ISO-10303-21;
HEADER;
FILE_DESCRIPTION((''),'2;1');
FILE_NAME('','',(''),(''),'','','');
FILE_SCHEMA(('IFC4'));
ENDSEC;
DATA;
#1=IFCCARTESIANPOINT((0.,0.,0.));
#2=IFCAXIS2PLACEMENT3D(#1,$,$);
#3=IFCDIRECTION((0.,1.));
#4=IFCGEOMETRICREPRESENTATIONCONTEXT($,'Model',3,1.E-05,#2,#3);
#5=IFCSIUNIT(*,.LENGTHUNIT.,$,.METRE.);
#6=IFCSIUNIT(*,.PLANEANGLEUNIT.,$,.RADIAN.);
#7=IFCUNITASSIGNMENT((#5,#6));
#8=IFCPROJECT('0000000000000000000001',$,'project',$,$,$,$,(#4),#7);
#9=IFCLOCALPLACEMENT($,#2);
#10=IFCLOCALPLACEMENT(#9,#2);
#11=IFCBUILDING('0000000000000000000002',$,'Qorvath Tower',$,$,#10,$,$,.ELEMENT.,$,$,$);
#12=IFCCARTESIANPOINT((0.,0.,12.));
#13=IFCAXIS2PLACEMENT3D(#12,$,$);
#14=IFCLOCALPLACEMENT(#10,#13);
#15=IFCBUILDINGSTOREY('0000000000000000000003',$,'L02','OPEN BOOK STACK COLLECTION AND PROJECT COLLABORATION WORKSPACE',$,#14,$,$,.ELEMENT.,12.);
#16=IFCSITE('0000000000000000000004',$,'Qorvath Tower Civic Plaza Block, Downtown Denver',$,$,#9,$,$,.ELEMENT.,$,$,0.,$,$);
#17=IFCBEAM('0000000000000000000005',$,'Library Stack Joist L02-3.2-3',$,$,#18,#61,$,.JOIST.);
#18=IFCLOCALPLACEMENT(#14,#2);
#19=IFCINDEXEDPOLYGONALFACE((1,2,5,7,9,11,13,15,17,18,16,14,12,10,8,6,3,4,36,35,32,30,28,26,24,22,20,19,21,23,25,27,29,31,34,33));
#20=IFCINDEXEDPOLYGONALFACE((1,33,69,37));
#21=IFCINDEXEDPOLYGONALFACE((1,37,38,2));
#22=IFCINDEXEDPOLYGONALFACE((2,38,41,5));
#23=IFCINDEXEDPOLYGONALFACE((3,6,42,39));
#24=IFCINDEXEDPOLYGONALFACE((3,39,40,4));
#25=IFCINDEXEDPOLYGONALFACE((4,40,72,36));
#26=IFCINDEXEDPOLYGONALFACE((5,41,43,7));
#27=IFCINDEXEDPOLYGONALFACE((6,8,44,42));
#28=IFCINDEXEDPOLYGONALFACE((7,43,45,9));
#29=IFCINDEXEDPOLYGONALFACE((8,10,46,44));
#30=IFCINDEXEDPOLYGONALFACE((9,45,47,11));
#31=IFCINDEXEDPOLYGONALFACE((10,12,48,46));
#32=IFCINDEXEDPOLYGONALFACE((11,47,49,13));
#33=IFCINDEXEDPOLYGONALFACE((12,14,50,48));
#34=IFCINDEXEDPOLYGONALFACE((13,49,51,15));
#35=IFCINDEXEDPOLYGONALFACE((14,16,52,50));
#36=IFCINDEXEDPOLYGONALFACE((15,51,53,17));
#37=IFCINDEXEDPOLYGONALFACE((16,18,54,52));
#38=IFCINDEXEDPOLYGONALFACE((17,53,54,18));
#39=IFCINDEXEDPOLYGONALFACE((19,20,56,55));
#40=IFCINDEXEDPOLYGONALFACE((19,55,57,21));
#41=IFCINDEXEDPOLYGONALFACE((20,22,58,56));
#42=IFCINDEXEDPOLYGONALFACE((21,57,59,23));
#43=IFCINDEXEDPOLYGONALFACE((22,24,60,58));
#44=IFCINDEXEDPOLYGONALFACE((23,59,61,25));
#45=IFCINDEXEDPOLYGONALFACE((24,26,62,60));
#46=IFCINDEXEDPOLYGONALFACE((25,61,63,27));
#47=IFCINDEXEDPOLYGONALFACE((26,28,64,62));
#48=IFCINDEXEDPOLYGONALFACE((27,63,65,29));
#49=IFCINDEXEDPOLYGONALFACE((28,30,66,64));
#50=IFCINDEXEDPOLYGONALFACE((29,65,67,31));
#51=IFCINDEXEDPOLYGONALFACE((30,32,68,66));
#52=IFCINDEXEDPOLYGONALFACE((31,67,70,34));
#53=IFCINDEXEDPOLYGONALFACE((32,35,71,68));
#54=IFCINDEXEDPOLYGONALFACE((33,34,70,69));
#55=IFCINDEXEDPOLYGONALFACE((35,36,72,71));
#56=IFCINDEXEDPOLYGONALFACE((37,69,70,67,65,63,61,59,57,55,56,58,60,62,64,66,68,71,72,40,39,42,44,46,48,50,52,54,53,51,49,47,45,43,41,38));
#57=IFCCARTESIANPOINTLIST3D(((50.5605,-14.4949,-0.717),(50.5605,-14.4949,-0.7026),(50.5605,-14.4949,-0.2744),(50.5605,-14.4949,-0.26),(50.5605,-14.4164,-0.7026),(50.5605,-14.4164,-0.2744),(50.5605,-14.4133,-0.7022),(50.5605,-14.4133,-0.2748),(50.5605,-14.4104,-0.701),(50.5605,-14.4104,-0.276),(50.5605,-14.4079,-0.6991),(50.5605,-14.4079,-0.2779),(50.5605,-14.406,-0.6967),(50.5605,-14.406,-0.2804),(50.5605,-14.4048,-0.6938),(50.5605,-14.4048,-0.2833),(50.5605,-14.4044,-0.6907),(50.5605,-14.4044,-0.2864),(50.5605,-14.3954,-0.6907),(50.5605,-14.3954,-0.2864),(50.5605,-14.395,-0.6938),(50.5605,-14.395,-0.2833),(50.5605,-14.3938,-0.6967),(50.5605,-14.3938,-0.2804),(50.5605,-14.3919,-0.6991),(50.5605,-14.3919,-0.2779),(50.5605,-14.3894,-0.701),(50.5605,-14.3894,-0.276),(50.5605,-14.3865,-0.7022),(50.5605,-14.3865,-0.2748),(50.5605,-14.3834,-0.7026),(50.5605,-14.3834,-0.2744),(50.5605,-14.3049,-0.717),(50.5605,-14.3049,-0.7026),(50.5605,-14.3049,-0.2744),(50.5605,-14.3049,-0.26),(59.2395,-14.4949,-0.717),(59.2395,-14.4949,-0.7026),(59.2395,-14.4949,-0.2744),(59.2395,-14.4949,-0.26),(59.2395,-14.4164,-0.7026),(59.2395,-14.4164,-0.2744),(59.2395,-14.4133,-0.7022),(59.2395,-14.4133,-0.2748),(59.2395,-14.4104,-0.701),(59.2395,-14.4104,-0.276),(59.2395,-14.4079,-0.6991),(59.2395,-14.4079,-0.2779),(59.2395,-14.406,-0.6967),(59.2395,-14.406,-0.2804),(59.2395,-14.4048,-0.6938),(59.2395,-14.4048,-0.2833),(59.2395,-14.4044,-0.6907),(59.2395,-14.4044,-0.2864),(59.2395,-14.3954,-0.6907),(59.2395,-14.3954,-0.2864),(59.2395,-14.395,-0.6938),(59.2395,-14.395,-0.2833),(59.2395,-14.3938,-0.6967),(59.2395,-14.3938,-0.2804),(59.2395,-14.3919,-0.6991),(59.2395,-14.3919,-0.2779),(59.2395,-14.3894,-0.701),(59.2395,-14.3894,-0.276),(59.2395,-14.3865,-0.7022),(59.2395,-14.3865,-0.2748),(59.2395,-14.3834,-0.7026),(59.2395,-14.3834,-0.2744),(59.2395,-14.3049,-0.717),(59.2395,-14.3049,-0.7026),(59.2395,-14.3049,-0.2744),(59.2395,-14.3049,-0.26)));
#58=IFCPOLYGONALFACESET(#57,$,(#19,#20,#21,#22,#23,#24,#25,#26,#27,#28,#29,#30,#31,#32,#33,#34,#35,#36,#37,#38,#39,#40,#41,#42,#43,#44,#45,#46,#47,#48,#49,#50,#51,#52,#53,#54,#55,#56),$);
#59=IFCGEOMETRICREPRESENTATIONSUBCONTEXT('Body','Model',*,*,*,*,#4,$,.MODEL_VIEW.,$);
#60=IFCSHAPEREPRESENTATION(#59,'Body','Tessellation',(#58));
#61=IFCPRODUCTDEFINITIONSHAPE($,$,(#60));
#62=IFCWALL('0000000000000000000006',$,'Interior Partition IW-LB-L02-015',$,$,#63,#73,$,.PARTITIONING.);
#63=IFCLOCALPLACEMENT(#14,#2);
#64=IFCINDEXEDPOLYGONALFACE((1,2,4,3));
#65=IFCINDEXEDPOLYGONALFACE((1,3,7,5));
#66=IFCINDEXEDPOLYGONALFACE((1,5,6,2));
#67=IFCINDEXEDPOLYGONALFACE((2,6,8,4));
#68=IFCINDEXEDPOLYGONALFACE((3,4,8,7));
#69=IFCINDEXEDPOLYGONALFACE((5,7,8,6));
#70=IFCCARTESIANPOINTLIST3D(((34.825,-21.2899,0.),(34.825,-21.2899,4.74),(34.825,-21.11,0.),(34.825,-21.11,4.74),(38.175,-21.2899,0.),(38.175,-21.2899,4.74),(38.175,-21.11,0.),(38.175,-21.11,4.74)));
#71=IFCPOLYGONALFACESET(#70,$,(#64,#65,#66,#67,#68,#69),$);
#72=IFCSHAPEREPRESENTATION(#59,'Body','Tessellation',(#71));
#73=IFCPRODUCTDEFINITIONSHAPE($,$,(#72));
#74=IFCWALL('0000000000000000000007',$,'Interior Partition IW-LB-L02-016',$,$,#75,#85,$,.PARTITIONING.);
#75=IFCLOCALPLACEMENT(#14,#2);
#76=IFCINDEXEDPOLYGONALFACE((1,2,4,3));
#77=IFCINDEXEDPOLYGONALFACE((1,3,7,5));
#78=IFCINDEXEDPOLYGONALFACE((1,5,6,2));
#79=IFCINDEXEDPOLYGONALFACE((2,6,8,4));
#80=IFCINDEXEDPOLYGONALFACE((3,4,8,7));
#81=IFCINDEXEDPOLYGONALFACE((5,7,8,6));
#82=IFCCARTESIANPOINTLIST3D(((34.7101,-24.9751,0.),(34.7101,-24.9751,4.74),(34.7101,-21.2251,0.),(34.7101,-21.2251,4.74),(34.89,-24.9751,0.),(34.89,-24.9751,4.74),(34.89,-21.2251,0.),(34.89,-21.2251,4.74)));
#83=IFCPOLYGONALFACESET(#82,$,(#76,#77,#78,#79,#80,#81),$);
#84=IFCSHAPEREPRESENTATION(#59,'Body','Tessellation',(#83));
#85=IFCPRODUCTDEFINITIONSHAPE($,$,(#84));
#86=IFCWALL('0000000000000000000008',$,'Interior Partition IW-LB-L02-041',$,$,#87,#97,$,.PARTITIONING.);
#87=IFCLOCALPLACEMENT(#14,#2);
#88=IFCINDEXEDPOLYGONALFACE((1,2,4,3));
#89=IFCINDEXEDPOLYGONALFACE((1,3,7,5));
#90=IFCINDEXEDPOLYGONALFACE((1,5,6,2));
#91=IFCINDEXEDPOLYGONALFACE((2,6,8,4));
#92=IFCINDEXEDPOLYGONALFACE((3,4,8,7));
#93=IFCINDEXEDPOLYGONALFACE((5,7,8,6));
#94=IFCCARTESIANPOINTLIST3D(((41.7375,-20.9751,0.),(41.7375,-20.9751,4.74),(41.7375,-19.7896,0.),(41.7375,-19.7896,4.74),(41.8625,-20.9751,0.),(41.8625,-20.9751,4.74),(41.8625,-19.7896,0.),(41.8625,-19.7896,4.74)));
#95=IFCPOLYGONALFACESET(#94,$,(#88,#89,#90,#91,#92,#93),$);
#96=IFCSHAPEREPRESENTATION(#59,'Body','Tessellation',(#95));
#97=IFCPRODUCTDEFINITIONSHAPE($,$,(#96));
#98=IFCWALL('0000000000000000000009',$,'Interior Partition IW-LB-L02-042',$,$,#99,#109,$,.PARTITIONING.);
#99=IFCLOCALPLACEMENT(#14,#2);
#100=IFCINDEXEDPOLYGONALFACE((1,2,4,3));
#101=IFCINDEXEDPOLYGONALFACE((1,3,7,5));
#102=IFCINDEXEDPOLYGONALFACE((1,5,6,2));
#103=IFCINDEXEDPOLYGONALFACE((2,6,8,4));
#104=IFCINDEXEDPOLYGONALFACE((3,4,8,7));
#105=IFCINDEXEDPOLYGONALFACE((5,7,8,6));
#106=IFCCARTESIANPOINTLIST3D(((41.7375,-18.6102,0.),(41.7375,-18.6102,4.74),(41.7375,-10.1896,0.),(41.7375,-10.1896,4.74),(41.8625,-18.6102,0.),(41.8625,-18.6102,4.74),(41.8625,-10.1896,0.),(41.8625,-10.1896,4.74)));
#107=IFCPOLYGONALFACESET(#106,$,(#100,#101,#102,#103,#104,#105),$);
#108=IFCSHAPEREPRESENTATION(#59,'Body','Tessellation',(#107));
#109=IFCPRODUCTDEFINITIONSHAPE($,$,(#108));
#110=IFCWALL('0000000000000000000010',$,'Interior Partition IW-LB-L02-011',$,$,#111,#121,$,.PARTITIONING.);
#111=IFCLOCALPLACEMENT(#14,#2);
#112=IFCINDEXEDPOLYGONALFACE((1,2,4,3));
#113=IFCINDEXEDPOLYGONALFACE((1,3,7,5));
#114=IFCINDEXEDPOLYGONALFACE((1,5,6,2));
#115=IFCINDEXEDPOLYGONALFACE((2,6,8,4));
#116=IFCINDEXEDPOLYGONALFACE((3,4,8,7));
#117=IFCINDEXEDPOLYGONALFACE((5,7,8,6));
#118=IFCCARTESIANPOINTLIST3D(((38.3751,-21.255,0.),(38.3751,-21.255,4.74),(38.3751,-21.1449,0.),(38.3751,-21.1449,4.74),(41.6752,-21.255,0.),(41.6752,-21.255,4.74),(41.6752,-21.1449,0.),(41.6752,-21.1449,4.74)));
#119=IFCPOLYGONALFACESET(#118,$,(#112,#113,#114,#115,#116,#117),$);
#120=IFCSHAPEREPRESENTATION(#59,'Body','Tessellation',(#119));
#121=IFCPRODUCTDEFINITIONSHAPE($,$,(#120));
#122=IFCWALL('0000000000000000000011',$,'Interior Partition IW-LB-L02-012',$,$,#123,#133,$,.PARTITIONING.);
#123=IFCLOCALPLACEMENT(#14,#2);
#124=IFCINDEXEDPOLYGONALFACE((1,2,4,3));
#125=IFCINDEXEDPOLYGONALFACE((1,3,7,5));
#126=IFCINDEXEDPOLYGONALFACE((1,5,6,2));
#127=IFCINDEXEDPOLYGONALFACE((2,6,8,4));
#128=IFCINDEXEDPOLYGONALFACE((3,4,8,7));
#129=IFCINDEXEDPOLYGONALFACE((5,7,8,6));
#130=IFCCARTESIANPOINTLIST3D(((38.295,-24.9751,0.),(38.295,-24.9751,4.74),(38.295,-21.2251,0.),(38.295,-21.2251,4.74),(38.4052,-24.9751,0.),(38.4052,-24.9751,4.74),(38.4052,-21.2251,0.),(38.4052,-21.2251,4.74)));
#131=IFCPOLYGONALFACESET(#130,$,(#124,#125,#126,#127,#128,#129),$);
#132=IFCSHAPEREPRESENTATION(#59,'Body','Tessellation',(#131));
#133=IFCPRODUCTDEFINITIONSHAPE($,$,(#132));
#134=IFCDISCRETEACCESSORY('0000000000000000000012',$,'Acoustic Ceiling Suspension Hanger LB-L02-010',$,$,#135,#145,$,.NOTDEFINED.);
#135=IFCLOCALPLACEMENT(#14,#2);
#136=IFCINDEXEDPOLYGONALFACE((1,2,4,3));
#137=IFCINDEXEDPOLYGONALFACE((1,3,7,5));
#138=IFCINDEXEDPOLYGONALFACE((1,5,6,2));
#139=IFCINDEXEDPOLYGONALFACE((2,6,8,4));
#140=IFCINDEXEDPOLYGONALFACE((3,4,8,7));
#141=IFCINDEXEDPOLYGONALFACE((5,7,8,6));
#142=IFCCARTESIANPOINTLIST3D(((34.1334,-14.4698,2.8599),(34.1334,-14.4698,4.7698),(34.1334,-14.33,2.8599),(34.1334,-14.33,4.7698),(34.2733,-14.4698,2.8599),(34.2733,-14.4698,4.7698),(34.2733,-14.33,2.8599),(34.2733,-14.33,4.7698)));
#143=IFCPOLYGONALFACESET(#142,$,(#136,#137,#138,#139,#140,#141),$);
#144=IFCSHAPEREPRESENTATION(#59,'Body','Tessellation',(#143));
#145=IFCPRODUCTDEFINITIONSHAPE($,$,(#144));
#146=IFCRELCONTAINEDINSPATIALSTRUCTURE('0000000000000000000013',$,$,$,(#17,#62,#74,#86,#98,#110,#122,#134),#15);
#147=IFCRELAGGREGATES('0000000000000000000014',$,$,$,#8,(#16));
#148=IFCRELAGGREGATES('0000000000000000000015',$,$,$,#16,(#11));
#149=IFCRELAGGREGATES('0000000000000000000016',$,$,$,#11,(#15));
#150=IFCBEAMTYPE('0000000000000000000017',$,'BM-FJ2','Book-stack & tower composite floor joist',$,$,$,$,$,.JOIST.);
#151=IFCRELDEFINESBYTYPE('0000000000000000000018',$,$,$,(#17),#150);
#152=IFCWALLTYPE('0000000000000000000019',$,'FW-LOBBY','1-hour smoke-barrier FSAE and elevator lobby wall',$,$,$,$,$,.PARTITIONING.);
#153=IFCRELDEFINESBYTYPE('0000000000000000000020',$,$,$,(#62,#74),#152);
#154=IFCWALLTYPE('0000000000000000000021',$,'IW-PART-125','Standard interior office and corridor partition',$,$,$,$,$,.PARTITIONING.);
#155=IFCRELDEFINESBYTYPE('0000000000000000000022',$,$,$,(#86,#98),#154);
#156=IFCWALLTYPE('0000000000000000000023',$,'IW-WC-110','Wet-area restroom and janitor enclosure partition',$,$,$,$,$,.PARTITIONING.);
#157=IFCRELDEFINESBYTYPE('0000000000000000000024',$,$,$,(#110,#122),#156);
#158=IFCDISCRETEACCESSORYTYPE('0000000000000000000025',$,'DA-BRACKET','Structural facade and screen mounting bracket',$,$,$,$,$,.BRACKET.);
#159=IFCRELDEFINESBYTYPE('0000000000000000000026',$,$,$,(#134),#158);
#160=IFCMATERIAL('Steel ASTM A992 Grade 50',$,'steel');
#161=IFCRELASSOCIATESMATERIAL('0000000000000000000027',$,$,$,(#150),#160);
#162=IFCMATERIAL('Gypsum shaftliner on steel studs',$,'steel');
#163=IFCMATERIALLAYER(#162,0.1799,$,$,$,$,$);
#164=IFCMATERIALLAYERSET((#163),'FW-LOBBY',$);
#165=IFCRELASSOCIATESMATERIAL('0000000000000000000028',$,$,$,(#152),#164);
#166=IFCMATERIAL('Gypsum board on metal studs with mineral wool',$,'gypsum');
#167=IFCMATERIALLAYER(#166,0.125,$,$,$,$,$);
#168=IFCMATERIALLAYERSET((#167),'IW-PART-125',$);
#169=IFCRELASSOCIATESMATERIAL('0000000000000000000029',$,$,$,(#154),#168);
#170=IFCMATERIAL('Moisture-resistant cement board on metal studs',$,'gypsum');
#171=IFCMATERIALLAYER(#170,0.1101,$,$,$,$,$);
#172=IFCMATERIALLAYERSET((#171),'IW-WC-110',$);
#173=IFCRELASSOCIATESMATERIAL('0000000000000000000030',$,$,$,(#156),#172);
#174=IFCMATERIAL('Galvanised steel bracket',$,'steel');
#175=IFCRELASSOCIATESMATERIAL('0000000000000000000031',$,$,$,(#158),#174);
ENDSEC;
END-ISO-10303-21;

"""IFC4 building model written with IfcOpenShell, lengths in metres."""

from ifc_helpers import new_model, si_unit, direction, frame, frame_2d, origin, origin_2d, place, context, subcontext, project, spatial, rectangle, i_section, extrude, material, layer, layer_set, material_profile, profile_set, type_object, element, save


model = new_model("IFC4")

# Units and contexts
model_context = context("Model", 3, precision=1e-05, world=origin(), true_north=direction((0.0, 1.0)))
body_context = subcontext(model_context, "Body", "Model", "MODEL_VIEW")
ifc_project = project(units=[si_unit("LENGTHUNIT", "METRE"), si_unit("PLANEANGLEUNIT", "RADIAN")], contexts=[model_context])

# Site, building, storey
site_placement = place(None, origin())
site = spatial("IfcSite", under=ifc_project, at=site_placement, Name="Qorvath Tower Civic Plaza Block, Downtown Denver", CompositionType="ELEMENT", RefElevation=0.0)
building_placement = place(site_placement, origin())
building = spatial("IfcBuilding", under=site, at=building_placement, Name="Qorvath Tower", CompositionType="ELEMENT")
storey_placement = place(building_placement, frame((0.0, 0.0, 12.0)))
storey = spatial("IfcBuildingStorey", under=building, at=storey_placement, Name="L02", Description="OPEN BOOK STACK COLLECTION AND PROJECT COLLABORATION WORKSPACE", CompositionType="ELEMENT", Elevation=12.0)

# Beam
ifc_material_1 = material(Name="Steel ASTM A992 Grade 50", Category="steel")
ifc_material_profile_1 = material_profile(ifc_material_1, i_section(OverallWidth=0.1899, OverallDepth=0.457, WebThickness=0.009, FlangeThickness=0.0144, FilletRadius=0.012, at=origin_2d()), Name="W18x50")
ifc_profile_set_1 = profile_set([ifc_material_profile_1], Name="Steel ASTM A992 Grade 50")
beam_type_1 = type_object("IfcBeamType", Name="BM-FJ2", Description="Book-stack & tower composite floor joist", PredefinedType="JOIST", material=ifc_profile_set_1)
for number, where, z_axis, x_axis, name in (
    (1, (50.5605, -14.3999, -0.4885), (1.0, 0.0, 0.0), (0.0, 1.0, 0.0), "Library Stack Joist L02-3.2-3"),
):
    element("IfcBeam", number, at=place(storey_placement, frame(where, z_axis=z_axis, x_axis=x_axis)), inside=storey, type_object=beam_type_1, Name=name, PredefinedType="JOIST", context=body_context, shape_type="SweptSolid", body=[
        extrude(i_section(OverallWidth=0.1899, OverallDepth=0.457, WebThickness=0.009, FlangeThickness=0.0144, FilletRadius=0.012, at=origin_2d()), origin(), (0.0, 0.0, 1.0), 8.679),
    ])

# Walls
ifc_material_2 = material(Name="Gypsum shaftliner on steel studs", Category="steel")
ifc_layer_1 = layer(ifc_material_2, 0.1799)
ifc_layer_set_1 = layer_set([ifc_layer_1], Name="FW-LOBBY")
wall_type_1 = type_object("IfcWallType", Name="FW-LOBBY", Description="1-hour smoke-barrier FSAE and elevator lobby wall", PredefinedType="PARTITIONING", material=ifc_layer_set_1)
wall_1_placement = place(storey_placement, frame((38.175, -21.2, 0.0), z_axis=(0.0, 0.0, 1.0), x_axis=(-1.0, 0.0, 0.0)))
element("IfcWall", 2, at=wall_1_placement, inside=storey, type_object=wall_type_1, Name="Interior Partition IW-LB-L02-015", PredefinedType="PARTITIONING", context=body_context, shape_type="SweptSolid", body=[
    extrude(rectangle(XDim=3.3501, YDim=0.1799, at=frame_2d((1.675, 0.0))), origin(), (0.0, 0.0, 1.0), 4.74),
])
wall_2_placement = place(storey_placement, frame((34.8, -21.2251, 0.0), z_axis=(0.0, 0.0, 1.0), x_axis=(0.0, -1.0, 0.0)))
element("IfcWall", 3, at=wall_2_placement, inside=storey, type_object=wall_type_1, Name="Interior Partition IW-LB-L02-016", PredefinedType="PARTITIONING", context=body_context, shape_type="SweptSolid", body=[
    extrude(rectangle(XDim=3.75, YDim=0.1799, at=frame_2d((1.875, 0.0))), origin(), (0.0, 0.0, 1.0), 4.74),
])
ifc_material_3 = material(Name="Gypsum board on metal studs with mineral wool", Category="gypsum")
ifc_layer_2 = layer(ifc_material_3, 0.125)
ifc_layer_set_2 = layer_set([ifc_layer_2], Name="IW-PART-125")
wall_type_2 = type_object("IfcWallType", Name="IW-PART-125", Description="Standard interior office and corridor partition", PredefinedType="PARTITIONING", material=ifc_layer_set_2)
wall_3_placement = place(storey_placement, frame((41.8, -20.9751, 0.0), z_axis=(0.0, 0.0, 1.0), x_axis=(0.0, 1.0, 0.0)))
element("IfcWall", 4, at=wall_3_placement, inside=storey, type_object=wall_type_2, Name="Interior Partition IW-LB-L02-041", PredefinedType="PARTITIONING", context=body_context, shape_type="SweptSolid", body=[
    extrude(rectangle(XDim=1.1855, YDim=0.125, at=frame_2d((0.5928, 0.0))), origin(), (0.0, 0.0, 1.0), 4.74),
])
wall_4_placement = place(storey_placement, frame((41.8, -18.6104, 0.0), z_axis=(0.0, 0.0, 1.0), x_axis=(0.0, 1.0, 0.0)))
element("IfcWall", 5, at=wall_4_placement, inside=storey, type_object=wall_type_2, Name="Interior Partition IW-LB-L02-042", PredefinedType="PARTITIONING", context=body_context, shape_type="SweptSolid", body=[
    extrude(rectangle(XDim=8.4207, YDim=0.125, at=frame_2d((4.2104, 0.0))), origin(), (0.0, 0.0, 1.0), 4.74),
])
ifc_material_4 = material(Name="Moisture-resistant cement board on metal studs", Category="gypsum")
ifc_layer_3 = layer(ifc_material_4, 0.1101)
ifc_layer_set_3 = layer_set([ifc_layer_3], Name="IW-WC-110")
wall_type_3 = type_object("IfcWallType", Name="IW-WC-110", Description="Wet-area restroom and janitor enclosure partition", PredefinedType="PARTITIONING", material=ifc_layer_set_3)
wall_5_placement = place(storey_placement, frame((41.675, -21.2, 0.0), z_axis=(0.0, 0.0, 1.0), x_axis=(-1.0, 0.0, 0.0)))
element("IfcWall", 6, at=wall_5_placement, inside=storey, type_object=wall_type_3, Name="Interior Partition IW-LB-L02-011", PredefinedType="PARTITIONING", context=body_context, shape_type="SweptSolid", body=[
    extrude(rectangle(XDim=3.3, YDim=0.1101, at=frame_2d((1.6499, 0.0))), origin(), (0.0, 0.0, 1.0), 4.74),
])
wall_6_placement = place(storey_placement, frame((38.3501, -21.2251, 0.0), z_axis=(0.0, 0.0, 1.0), x_axis=(0.0, -1.0, 0.0)))
element("IfcWall", 7, at=wall_6_placement, inside=storey, type_object=wall_type_3, Name="Interior Partition IW-LB-L02-012", PredefinedType="PARTITIONING", context=body_context, shape_type="SweptSolid", body=[
    extrude(rectangle(XDim=3.75, YDim=0.1101, at=frame_2d((1.875, 0.0))), origin(), (0.0, 0.0, 1.0), 4.74),
])

# Discrete accessory
ifc_material_5 = material(Name="Galvanised steel bracket", Category="steel")
discrete_accessory_type = type_object("IfcDiscreteAccessoryType", Name="DA-BRACKET", Description="Structural facade and screen mounting bracket", PredefinedType="BRACKET", material=ifc_material_5)
discrete_accessory_placement = place(storey_placement, frame((34.2034, -14.3999, 2.8599), z_axis=(0.0, 0.0, 1.0), x_axis=(1.0, 0.0, 0.0)))
element("IfcDiscreteAccessory", 8, at=discrete_accessory_placement, inside=storey, type_object=discrete_accessory_type, Name="Acoustic Ceiling Suspension Hanger LB-L02-010", PredefinedType="NOTDEFINED", context=body_context, shape_type="SweptSolid", body=[
    extrude(rectangle(XDim=0.1399, YDim=0.1399, at=origin_2d()), origin(), (0.0, 0.0, 1.0), 1.9099),
])

save(model, "model.ifc")
